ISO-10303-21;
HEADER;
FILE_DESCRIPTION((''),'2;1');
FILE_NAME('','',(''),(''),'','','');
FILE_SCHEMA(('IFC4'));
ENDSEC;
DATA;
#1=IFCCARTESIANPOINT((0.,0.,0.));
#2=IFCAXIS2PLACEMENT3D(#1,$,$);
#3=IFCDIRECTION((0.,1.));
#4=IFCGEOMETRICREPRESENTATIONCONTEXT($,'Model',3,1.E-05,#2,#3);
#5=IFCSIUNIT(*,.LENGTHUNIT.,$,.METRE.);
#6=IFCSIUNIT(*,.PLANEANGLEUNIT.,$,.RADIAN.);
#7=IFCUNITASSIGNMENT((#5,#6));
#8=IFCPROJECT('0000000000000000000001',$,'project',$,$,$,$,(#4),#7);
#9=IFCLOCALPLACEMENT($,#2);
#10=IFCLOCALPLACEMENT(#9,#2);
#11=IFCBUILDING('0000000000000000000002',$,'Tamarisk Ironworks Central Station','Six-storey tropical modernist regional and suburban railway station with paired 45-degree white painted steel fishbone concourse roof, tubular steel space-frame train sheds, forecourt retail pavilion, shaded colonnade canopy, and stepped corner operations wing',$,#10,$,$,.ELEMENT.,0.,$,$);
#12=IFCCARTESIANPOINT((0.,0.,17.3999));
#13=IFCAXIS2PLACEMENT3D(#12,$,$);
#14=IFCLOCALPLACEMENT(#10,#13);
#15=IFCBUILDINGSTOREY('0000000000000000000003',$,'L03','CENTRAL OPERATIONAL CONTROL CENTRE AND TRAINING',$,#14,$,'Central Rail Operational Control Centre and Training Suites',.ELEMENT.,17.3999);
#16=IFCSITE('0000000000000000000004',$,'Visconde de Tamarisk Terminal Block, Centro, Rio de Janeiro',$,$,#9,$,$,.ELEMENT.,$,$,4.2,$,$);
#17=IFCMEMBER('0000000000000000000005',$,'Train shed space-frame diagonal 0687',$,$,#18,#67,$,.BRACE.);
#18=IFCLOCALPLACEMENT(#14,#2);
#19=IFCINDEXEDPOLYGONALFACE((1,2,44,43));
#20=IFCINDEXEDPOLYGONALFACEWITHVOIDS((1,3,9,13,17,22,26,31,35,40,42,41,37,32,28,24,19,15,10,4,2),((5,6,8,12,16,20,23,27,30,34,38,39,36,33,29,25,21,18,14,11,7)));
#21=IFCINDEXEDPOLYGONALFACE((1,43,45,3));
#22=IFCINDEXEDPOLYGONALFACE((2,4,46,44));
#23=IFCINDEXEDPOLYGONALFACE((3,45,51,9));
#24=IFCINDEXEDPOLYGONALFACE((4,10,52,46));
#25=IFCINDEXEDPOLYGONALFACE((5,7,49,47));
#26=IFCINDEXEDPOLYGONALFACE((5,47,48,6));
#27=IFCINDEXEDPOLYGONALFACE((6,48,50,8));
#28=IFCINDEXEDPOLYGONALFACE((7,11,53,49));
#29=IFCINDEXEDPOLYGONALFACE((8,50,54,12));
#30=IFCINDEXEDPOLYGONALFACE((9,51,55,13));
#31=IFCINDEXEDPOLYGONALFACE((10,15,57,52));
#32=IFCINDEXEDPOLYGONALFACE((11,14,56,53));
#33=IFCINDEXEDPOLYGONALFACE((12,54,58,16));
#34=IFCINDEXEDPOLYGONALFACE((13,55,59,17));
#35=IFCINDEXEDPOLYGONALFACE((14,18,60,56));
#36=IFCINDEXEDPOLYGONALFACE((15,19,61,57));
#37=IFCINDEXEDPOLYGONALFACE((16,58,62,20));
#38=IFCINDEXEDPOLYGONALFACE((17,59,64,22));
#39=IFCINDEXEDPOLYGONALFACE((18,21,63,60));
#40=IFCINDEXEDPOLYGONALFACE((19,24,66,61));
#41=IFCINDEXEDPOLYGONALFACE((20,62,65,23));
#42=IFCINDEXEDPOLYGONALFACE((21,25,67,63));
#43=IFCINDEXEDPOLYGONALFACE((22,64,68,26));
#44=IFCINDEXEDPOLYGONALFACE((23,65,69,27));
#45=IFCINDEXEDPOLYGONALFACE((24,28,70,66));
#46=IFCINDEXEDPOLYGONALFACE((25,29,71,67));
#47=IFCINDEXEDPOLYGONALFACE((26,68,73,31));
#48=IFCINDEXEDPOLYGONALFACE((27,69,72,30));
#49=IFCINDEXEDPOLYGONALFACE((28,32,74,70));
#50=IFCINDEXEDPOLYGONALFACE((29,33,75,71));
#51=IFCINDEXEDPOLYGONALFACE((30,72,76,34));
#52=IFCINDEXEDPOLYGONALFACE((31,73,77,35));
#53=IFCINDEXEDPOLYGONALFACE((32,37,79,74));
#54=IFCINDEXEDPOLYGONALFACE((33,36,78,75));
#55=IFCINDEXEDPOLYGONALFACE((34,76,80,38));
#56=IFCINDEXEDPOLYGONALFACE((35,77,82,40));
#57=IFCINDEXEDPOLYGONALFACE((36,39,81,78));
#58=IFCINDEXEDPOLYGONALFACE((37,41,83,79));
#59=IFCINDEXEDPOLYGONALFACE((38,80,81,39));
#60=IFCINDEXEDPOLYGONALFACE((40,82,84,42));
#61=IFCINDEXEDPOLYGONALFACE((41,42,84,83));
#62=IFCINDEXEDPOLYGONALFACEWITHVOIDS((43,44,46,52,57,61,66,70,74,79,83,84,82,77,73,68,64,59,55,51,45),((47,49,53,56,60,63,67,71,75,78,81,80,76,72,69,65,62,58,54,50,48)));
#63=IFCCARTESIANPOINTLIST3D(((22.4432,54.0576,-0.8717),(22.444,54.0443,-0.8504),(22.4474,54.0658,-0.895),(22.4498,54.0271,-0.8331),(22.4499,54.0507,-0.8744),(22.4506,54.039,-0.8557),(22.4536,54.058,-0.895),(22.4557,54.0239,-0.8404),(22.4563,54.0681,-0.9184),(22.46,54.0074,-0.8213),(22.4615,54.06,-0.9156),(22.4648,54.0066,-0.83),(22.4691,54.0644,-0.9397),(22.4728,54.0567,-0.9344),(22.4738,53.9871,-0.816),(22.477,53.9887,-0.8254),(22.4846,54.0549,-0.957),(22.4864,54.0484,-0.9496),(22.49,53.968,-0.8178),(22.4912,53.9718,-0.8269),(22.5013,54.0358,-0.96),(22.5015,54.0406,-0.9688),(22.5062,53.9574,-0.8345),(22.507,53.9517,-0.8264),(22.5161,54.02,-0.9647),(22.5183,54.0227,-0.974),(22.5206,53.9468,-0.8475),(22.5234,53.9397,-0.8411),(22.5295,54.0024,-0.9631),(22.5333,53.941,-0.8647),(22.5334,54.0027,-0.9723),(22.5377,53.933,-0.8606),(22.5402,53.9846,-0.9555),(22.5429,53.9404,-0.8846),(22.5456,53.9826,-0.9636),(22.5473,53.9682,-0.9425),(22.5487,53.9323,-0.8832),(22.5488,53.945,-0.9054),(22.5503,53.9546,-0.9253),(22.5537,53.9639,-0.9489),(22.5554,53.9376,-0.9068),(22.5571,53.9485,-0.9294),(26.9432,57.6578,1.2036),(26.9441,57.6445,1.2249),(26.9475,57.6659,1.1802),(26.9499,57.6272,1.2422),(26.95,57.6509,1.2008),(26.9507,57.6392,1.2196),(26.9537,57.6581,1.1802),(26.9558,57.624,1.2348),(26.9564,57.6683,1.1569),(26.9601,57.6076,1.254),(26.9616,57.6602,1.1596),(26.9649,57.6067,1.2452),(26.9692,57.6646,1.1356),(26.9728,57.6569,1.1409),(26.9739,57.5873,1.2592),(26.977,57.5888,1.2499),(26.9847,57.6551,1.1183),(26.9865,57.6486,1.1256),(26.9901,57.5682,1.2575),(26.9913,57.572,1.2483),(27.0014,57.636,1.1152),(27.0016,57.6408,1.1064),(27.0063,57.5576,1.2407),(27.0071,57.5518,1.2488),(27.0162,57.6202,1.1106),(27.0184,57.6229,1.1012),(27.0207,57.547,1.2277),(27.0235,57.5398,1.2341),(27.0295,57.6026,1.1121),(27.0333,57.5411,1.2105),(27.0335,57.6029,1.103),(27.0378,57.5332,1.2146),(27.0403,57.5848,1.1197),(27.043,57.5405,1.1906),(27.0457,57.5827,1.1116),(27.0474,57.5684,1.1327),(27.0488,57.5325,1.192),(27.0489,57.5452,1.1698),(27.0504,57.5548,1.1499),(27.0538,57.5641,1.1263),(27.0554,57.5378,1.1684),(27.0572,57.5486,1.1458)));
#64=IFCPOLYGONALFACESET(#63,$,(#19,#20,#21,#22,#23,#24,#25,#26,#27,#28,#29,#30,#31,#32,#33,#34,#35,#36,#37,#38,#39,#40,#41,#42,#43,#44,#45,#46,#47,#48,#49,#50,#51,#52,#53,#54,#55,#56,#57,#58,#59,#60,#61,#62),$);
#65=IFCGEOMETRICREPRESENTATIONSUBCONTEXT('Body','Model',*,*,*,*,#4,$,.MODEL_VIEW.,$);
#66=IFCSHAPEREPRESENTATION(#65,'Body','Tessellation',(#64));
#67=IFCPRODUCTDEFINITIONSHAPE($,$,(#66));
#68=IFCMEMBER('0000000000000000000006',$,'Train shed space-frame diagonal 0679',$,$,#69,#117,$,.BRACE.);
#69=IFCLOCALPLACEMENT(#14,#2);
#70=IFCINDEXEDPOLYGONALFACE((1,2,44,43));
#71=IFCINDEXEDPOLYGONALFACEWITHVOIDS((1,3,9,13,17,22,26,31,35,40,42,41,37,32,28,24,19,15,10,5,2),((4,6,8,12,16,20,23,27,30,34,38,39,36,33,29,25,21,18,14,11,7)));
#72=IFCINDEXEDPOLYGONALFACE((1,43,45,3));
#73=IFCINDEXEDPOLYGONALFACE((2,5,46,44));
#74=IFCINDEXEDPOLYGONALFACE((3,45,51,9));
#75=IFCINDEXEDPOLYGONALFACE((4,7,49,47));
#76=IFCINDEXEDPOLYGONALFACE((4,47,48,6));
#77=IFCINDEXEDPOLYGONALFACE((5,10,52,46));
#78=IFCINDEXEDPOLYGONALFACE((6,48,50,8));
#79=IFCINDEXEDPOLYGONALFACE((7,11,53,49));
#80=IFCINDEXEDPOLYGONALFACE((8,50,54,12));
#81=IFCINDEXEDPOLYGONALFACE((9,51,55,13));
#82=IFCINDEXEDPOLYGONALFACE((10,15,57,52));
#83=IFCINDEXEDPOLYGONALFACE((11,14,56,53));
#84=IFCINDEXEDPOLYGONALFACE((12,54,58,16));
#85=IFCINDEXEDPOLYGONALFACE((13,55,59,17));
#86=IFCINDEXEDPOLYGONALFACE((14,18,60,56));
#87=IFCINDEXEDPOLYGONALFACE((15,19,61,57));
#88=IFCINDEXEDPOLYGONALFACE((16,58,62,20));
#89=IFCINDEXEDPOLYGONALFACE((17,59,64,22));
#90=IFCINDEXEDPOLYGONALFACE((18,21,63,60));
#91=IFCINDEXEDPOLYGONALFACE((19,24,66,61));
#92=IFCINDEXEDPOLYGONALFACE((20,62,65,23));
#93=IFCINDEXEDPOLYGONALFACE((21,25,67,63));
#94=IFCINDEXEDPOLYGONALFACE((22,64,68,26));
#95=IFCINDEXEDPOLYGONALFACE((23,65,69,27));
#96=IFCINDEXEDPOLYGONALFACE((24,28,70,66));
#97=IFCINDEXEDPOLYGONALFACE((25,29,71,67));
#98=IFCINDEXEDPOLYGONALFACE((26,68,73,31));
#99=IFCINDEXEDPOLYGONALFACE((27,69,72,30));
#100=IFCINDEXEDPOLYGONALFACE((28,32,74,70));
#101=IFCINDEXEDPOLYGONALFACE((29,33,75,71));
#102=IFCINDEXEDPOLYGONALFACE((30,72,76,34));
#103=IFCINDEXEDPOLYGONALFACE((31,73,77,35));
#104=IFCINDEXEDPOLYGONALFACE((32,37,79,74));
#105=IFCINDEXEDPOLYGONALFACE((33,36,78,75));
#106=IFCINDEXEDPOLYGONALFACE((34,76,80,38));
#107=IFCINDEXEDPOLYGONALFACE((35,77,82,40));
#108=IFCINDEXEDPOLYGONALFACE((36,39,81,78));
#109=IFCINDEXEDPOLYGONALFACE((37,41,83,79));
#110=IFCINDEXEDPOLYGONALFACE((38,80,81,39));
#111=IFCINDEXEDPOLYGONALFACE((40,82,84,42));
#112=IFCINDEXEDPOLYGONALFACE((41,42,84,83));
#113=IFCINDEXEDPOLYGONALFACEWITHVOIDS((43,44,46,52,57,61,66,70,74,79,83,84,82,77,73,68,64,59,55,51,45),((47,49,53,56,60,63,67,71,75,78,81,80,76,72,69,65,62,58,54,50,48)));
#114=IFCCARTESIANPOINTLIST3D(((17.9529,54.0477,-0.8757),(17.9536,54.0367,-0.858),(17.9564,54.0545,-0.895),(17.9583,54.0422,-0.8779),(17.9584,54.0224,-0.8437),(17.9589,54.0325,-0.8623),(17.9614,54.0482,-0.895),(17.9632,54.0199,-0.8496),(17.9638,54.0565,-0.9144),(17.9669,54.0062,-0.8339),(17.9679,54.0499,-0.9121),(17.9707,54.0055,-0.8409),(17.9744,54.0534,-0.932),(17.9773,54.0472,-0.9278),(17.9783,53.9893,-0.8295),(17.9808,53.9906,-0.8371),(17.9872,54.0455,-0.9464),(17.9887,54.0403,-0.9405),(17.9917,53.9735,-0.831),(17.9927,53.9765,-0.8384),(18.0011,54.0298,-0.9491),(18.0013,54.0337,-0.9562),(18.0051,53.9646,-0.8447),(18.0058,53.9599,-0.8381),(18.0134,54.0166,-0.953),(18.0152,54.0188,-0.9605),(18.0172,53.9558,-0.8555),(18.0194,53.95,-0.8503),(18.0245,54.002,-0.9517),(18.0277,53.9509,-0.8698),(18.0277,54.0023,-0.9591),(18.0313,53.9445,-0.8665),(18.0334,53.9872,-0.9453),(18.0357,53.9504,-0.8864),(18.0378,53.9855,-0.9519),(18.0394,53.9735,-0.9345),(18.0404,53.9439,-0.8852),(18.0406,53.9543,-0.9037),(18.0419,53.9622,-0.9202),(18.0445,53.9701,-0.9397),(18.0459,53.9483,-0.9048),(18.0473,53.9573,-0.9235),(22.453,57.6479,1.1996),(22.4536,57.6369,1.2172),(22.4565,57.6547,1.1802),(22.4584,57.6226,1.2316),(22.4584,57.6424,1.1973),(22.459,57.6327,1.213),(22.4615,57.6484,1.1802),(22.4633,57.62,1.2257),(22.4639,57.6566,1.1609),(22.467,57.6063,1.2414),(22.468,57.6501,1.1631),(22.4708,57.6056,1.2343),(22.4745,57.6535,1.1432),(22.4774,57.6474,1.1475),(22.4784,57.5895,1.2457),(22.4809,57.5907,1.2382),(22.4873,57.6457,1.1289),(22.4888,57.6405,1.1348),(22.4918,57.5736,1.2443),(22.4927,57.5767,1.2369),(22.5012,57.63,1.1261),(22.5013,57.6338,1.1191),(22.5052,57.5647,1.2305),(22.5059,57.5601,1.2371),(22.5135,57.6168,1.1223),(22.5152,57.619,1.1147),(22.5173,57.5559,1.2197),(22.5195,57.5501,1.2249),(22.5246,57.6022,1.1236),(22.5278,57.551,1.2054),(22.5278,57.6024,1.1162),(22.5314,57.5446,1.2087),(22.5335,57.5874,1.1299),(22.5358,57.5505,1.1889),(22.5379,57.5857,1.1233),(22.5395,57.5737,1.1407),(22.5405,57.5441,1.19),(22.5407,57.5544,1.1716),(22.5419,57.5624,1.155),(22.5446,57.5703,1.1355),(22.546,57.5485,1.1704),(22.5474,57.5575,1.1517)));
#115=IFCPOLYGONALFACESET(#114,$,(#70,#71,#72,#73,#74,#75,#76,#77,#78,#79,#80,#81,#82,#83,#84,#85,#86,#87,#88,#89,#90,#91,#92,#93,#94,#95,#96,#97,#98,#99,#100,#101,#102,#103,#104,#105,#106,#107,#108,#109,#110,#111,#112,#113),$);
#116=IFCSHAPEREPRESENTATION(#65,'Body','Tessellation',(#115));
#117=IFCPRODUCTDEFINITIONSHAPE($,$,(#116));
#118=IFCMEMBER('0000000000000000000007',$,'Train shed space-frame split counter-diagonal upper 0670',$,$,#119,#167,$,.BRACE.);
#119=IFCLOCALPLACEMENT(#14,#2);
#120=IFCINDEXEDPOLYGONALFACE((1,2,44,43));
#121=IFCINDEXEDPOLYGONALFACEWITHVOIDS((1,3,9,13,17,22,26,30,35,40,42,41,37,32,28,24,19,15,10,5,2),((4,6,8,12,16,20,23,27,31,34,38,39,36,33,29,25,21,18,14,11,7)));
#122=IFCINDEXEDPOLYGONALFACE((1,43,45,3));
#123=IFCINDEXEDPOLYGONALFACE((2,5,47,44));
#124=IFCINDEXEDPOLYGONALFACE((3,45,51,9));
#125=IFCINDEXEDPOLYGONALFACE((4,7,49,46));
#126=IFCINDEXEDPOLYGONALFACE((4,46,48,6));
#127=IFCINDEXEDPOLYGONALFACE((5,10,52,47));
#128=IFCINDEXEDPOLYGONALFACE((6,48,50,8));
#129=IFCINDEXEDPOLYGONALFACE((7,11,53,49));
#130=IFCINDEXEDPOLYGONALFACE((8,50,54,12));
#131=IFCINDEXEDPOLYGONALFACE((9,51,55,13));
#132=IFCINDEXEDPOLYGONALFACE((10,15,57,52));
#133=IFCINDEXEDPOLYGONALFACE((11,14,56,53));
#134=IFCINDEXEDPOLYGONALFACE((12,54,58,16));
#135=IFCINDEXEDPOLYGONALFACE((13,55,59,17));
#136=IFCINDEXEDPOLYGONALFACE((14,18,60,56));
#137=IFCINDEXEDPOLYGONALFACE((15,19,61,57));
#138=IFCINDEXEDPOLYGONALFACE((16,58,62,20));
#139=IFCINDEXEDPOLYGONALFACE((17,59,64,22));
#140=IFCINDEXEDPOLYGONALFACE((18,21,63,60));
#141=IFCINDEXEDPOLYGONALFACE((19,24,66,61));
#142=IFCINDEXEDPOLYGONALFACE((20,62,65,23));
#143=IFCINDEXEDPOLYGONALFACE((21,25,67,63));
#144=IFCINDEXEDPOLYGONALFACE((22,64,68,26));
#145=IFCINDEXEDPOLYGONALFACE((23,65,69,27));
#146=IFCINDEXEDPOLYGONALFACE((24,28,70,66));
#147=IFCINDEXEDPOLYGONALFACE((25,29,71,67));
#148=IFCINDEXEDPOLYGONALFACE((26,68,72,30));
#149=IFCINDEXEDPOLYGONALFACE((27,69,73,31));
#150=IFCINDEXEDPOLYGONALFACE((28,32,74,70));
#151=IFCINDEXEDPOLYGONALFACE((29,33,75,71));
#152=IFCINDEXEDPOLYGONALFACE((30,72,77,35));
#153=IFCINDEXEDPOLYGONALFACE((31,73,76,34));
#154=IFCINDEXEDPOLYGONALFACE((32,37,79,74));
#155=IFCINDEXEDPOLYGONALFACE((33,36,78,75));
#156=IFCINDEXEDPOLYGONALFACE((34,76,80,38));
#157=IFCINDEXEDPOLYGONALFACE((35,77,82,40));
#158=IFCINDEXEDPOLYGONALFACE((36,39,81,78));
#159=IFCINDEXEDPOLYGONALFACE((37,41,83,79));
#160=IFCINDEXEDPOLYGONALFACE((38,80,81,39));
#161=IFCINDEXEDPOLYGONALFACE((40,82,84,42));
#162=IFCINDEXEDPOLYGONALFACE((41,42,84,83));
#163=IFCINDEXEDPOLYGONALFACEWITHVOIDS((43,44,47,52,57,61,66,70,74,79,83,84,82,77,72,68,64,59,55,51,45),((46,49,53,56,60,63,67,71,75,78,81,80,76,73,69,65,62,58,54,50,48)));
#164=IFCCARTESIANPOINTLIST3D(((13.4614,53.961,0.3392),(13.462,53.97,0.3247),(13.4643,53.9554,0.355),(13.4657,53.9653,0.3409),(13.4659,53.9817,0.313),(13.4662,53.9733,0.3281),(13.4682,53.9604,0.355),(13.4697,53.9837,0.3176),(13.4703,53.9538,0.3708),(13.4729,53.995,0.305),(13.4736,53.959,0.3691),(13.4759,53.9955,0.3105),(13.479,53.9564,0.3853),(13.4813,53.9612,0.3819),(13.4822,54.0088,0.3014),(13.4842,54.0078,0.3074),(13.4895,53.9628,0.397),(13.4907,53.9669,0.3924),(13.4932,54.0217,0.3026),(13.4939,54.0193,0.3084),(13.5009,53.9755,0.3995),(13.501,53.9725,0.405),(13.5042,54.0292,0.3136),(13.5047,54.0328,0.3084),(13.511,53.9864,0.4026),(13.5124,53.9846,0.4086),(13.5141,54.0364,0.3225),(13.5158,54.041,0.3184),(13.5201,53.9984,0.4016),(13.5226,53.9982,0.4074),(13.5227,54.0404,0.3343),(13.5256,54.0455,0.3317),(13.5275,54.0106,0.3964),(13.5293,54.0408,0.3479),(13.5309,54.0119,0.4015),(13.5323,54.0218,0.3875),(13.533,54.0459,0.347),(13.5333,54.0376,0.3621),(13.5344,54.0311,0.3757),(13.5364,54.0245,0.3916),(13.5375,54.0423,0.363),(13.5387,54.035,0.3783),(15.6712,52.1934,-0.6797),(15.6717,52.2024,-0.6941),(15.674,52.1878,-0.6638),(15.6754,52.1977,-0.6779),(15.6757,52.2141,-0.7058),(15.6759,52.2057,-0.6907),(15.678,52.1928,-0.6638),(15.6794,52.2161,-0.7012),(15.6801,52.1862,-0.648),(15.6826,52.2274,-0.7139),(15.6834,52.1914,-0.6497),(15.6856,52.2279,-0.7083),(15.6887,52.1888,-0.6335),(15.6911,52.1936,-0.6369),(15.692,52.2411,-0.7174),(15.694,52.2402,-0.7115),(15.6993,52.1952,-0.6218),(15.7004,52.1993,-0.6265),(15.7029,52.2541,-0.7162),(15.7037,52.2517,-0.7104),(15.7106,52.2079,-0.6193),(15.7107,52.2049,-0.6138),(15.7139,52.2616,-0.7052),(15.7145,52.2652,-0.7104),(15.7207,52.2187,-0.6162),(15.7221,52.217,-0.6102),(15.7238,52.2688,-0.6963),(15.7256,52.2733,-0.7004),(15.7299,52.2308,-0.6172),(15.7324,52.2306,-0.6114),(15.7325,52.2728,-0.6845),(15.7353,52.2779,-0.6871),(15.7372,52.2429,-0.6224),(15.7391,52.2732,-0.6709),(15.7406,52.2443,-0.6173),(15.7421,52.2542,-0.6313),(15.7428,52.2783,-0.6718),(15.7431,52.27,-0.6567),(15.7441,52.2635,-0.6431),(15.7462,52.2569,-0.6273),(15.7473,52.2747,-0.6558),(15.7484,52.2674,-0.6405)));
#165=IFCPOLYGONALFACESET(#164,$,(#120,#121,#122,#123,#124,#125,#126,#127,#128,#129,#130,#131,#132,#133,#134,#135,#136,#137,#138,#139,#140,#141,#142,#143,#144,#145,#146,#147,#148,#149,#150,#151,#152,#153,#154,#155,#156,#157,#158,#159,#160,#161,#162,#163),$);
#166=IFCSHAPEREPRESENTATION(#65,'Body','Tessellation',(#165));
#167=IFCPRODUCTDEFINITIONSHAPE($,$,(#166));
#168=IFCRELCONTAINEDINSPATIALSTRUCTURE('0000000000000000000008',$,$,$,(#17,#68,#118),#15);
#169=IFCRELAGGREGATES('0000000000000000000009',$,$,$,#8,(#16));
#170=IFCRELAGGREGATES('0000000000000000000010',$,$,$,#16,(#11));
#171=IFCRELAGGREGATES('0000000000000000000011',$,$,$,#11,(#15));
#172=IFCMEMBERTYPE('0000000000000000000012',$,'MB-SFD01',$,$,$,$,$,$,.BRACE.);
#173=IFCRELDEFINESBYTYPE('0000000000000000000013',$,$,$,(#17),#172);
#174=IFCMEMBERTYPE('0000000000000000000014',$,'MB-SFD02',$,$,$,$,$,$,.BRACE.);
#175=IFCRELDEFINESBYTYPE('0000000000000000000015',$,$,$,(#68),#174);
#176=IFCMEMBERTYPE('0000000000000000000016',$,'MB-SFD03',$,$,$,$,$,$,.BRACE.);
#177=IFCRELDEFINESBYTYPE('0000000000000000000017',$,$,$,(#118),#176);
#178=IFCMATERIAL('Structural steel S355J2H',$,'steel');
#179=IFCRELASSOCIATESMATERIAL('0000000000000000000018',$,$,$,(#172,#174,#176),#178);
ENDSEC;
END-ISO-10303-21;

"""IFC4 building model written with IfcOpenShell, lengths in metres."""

from ifc_helpers import new_model, si_unit, direction, frame, origin, origin_2d, place, context, subcontext, project, spatial, hollow_circle, extrude, material, material_profile, profile_set, type_object, element, save


model = new_model("IFC4")

# Units and contexts
model_context = context("Model", 3, precision=1e-05, world=origin(), true_north=direction((0.0, 1.0)))
body_context = subcontext(model_context, "Body", "Model", "MODEL_VIEW")
ifc_project = project(units=[si_unit("LENGTHUNIT", "METRE"), si_unit("PLANEANGLEUNIT", "RADIAN")], contexts=[model_context])

# Site, building, storey
site_placement = place(None, origin())
site = spatial("IfcSite", under=ifc_project, at=site_placement, Name="Visconde de Tamarisk Terminal Block, Centro, Rio de Janeiro", CompositionType="ELEMENT", RefElevation=4.2)
building_placement = place(site_placement, origin())
building = spatial("IfcBuilding", under=site, at=building_placement, Name="Tamarisk Ironworks Central Station", Description="Six-storey tropical modernist regional and suburban railway station with paired 45-degree white painted steel fishbone concourse roof, tubular steel space-frame train sheds, forecourt retail pavilion, shaded colonnade canopy, and stepped corner operations wing", CompositionType="ELEMENT", ElevationOfRefHeight=0.0)
storey_placement = place(building_placement, frame((0.0, 0.0, 17.3999)))
storey = spatial("IfcBuildingStorey", under=building, at=storey_placement, Name="L03", Description="CENTRAL OPERATIONAL CONTROL CENTRE AND TRAINING", LongName="Central Rail Operational Control Centre and Training Suites", CompositionType="ELEMENT", Elevation=17.3999)

# Members
ifc_material_1 = material(Name="Structural steel S355J2H", Category="steel")
ifc_material_profile_1 = material_profile(ifc_material_1, hollow_circle(Radius=0.0842, WallThickness=0.01, at=origin_2d()), Name="CHS 168.3x10")
ifc_profile_set_1 = profile_set([ifc_material_profile_1], Name="Structural steel S355J2H")
member_type_1 = type_object("IfcMemberType", Name="MB-SFD01", PredefinedType="BRACE", material=ifc_profile_set_1)
member_1_placement = place(storey_placement, frame((22.5, 54.0, -0.895), z_axis=(0.734679, 0.587759, 0.338801), x_axis=(-0.624705, 0.780861, 0.0)))
element("IfcMember", 1, at=member_1_placement, inside=storey, type_object=member_type_1, Name="Train shed space-frame diagonal 0687", PredefinedType="BRACE", context=body_context, shape_type="SweptSolid", body=[
    extrude(hollow_circle(Radius=0.0842, WallThickness=0.01, at=origin_2d()), origin(), (0.0, 0.0, 1.0), 6.1252),
])
ifc_material_profile_2 = material_profile(ifc_material_1, hollow_circle(Radius=0.0698, WallThickness=0.0081, at=origin_2d()), Name="CHS 139.7x8")
ifc_profile_set_2 = profile_set([ifc_material_profile_2], Name="Structural steel S355J2H")
member_type_2 = type_object("IfcMemberType", Name="MB-SFD02", PredefinedType="BRACE", material=ifc_profile_set_2)
member_2_placement = place(storey_placement, frame((18.0, 54.0, -0.895), z_axis=(0.734679, 0.587759, 0.338801), x_axis=(-0.624705, 0.780861, 0.0)))
element("IfcMember", 2, at=member_2_placement, inside=storey, type_object=member_type_2, Name="Train shed space-frame diagonal 0679", PredefinedType="BRACE", context=body_context, shape_type="SweptSolid", body=[
    extrude(hollow_circle(Radius=0.0698, WallThickness=0.0081, at=origin_2d()), origin(), (0.0, 0.0, 1.0), 6.1252),
])
ifc_material_profile_3 = material_profile(ifc_material_1, hollow_circle(Radius=0.0571, WallThickness=0.0063, at=origin_2d()), Name="CHS 114.3x6.3")
ifc_profile_set_3 = profile_set([ifc_material_profile_3], Name="Structural steel S355J2H")
member_type_3 = type_object("IfcMemberType", Name="MB-SFD03", PredefinedType="BRACE", material=ifc_profile_set_3)
for number, where, z_axis, x_axis, name in (
    (3, (15.7097, 52.2324, -0.6638), (-0.734732, 0.587721, 0.338751), (-0.624653, -0.780902, 0.0), "Train shed space-frame split counter-diagonal upper 0670"),
):
    element("IfcMember", number, at=place(storey_placement, frame(where, z_axis=z_axis, x_axis=x_axis)), inside=storey, type_object=member_type_3, Name=name, PredefinedType="BRACE", context=body_context, shape_type="SweptSolid", body=[
        extrude(hollow_circle(Radius=0.0571, WallThickness=0.0063, at=origin_2d()), origin(), (0.0, 0.0, 1.0), 3.0076),
    ])

save(model, "model.ifc")
